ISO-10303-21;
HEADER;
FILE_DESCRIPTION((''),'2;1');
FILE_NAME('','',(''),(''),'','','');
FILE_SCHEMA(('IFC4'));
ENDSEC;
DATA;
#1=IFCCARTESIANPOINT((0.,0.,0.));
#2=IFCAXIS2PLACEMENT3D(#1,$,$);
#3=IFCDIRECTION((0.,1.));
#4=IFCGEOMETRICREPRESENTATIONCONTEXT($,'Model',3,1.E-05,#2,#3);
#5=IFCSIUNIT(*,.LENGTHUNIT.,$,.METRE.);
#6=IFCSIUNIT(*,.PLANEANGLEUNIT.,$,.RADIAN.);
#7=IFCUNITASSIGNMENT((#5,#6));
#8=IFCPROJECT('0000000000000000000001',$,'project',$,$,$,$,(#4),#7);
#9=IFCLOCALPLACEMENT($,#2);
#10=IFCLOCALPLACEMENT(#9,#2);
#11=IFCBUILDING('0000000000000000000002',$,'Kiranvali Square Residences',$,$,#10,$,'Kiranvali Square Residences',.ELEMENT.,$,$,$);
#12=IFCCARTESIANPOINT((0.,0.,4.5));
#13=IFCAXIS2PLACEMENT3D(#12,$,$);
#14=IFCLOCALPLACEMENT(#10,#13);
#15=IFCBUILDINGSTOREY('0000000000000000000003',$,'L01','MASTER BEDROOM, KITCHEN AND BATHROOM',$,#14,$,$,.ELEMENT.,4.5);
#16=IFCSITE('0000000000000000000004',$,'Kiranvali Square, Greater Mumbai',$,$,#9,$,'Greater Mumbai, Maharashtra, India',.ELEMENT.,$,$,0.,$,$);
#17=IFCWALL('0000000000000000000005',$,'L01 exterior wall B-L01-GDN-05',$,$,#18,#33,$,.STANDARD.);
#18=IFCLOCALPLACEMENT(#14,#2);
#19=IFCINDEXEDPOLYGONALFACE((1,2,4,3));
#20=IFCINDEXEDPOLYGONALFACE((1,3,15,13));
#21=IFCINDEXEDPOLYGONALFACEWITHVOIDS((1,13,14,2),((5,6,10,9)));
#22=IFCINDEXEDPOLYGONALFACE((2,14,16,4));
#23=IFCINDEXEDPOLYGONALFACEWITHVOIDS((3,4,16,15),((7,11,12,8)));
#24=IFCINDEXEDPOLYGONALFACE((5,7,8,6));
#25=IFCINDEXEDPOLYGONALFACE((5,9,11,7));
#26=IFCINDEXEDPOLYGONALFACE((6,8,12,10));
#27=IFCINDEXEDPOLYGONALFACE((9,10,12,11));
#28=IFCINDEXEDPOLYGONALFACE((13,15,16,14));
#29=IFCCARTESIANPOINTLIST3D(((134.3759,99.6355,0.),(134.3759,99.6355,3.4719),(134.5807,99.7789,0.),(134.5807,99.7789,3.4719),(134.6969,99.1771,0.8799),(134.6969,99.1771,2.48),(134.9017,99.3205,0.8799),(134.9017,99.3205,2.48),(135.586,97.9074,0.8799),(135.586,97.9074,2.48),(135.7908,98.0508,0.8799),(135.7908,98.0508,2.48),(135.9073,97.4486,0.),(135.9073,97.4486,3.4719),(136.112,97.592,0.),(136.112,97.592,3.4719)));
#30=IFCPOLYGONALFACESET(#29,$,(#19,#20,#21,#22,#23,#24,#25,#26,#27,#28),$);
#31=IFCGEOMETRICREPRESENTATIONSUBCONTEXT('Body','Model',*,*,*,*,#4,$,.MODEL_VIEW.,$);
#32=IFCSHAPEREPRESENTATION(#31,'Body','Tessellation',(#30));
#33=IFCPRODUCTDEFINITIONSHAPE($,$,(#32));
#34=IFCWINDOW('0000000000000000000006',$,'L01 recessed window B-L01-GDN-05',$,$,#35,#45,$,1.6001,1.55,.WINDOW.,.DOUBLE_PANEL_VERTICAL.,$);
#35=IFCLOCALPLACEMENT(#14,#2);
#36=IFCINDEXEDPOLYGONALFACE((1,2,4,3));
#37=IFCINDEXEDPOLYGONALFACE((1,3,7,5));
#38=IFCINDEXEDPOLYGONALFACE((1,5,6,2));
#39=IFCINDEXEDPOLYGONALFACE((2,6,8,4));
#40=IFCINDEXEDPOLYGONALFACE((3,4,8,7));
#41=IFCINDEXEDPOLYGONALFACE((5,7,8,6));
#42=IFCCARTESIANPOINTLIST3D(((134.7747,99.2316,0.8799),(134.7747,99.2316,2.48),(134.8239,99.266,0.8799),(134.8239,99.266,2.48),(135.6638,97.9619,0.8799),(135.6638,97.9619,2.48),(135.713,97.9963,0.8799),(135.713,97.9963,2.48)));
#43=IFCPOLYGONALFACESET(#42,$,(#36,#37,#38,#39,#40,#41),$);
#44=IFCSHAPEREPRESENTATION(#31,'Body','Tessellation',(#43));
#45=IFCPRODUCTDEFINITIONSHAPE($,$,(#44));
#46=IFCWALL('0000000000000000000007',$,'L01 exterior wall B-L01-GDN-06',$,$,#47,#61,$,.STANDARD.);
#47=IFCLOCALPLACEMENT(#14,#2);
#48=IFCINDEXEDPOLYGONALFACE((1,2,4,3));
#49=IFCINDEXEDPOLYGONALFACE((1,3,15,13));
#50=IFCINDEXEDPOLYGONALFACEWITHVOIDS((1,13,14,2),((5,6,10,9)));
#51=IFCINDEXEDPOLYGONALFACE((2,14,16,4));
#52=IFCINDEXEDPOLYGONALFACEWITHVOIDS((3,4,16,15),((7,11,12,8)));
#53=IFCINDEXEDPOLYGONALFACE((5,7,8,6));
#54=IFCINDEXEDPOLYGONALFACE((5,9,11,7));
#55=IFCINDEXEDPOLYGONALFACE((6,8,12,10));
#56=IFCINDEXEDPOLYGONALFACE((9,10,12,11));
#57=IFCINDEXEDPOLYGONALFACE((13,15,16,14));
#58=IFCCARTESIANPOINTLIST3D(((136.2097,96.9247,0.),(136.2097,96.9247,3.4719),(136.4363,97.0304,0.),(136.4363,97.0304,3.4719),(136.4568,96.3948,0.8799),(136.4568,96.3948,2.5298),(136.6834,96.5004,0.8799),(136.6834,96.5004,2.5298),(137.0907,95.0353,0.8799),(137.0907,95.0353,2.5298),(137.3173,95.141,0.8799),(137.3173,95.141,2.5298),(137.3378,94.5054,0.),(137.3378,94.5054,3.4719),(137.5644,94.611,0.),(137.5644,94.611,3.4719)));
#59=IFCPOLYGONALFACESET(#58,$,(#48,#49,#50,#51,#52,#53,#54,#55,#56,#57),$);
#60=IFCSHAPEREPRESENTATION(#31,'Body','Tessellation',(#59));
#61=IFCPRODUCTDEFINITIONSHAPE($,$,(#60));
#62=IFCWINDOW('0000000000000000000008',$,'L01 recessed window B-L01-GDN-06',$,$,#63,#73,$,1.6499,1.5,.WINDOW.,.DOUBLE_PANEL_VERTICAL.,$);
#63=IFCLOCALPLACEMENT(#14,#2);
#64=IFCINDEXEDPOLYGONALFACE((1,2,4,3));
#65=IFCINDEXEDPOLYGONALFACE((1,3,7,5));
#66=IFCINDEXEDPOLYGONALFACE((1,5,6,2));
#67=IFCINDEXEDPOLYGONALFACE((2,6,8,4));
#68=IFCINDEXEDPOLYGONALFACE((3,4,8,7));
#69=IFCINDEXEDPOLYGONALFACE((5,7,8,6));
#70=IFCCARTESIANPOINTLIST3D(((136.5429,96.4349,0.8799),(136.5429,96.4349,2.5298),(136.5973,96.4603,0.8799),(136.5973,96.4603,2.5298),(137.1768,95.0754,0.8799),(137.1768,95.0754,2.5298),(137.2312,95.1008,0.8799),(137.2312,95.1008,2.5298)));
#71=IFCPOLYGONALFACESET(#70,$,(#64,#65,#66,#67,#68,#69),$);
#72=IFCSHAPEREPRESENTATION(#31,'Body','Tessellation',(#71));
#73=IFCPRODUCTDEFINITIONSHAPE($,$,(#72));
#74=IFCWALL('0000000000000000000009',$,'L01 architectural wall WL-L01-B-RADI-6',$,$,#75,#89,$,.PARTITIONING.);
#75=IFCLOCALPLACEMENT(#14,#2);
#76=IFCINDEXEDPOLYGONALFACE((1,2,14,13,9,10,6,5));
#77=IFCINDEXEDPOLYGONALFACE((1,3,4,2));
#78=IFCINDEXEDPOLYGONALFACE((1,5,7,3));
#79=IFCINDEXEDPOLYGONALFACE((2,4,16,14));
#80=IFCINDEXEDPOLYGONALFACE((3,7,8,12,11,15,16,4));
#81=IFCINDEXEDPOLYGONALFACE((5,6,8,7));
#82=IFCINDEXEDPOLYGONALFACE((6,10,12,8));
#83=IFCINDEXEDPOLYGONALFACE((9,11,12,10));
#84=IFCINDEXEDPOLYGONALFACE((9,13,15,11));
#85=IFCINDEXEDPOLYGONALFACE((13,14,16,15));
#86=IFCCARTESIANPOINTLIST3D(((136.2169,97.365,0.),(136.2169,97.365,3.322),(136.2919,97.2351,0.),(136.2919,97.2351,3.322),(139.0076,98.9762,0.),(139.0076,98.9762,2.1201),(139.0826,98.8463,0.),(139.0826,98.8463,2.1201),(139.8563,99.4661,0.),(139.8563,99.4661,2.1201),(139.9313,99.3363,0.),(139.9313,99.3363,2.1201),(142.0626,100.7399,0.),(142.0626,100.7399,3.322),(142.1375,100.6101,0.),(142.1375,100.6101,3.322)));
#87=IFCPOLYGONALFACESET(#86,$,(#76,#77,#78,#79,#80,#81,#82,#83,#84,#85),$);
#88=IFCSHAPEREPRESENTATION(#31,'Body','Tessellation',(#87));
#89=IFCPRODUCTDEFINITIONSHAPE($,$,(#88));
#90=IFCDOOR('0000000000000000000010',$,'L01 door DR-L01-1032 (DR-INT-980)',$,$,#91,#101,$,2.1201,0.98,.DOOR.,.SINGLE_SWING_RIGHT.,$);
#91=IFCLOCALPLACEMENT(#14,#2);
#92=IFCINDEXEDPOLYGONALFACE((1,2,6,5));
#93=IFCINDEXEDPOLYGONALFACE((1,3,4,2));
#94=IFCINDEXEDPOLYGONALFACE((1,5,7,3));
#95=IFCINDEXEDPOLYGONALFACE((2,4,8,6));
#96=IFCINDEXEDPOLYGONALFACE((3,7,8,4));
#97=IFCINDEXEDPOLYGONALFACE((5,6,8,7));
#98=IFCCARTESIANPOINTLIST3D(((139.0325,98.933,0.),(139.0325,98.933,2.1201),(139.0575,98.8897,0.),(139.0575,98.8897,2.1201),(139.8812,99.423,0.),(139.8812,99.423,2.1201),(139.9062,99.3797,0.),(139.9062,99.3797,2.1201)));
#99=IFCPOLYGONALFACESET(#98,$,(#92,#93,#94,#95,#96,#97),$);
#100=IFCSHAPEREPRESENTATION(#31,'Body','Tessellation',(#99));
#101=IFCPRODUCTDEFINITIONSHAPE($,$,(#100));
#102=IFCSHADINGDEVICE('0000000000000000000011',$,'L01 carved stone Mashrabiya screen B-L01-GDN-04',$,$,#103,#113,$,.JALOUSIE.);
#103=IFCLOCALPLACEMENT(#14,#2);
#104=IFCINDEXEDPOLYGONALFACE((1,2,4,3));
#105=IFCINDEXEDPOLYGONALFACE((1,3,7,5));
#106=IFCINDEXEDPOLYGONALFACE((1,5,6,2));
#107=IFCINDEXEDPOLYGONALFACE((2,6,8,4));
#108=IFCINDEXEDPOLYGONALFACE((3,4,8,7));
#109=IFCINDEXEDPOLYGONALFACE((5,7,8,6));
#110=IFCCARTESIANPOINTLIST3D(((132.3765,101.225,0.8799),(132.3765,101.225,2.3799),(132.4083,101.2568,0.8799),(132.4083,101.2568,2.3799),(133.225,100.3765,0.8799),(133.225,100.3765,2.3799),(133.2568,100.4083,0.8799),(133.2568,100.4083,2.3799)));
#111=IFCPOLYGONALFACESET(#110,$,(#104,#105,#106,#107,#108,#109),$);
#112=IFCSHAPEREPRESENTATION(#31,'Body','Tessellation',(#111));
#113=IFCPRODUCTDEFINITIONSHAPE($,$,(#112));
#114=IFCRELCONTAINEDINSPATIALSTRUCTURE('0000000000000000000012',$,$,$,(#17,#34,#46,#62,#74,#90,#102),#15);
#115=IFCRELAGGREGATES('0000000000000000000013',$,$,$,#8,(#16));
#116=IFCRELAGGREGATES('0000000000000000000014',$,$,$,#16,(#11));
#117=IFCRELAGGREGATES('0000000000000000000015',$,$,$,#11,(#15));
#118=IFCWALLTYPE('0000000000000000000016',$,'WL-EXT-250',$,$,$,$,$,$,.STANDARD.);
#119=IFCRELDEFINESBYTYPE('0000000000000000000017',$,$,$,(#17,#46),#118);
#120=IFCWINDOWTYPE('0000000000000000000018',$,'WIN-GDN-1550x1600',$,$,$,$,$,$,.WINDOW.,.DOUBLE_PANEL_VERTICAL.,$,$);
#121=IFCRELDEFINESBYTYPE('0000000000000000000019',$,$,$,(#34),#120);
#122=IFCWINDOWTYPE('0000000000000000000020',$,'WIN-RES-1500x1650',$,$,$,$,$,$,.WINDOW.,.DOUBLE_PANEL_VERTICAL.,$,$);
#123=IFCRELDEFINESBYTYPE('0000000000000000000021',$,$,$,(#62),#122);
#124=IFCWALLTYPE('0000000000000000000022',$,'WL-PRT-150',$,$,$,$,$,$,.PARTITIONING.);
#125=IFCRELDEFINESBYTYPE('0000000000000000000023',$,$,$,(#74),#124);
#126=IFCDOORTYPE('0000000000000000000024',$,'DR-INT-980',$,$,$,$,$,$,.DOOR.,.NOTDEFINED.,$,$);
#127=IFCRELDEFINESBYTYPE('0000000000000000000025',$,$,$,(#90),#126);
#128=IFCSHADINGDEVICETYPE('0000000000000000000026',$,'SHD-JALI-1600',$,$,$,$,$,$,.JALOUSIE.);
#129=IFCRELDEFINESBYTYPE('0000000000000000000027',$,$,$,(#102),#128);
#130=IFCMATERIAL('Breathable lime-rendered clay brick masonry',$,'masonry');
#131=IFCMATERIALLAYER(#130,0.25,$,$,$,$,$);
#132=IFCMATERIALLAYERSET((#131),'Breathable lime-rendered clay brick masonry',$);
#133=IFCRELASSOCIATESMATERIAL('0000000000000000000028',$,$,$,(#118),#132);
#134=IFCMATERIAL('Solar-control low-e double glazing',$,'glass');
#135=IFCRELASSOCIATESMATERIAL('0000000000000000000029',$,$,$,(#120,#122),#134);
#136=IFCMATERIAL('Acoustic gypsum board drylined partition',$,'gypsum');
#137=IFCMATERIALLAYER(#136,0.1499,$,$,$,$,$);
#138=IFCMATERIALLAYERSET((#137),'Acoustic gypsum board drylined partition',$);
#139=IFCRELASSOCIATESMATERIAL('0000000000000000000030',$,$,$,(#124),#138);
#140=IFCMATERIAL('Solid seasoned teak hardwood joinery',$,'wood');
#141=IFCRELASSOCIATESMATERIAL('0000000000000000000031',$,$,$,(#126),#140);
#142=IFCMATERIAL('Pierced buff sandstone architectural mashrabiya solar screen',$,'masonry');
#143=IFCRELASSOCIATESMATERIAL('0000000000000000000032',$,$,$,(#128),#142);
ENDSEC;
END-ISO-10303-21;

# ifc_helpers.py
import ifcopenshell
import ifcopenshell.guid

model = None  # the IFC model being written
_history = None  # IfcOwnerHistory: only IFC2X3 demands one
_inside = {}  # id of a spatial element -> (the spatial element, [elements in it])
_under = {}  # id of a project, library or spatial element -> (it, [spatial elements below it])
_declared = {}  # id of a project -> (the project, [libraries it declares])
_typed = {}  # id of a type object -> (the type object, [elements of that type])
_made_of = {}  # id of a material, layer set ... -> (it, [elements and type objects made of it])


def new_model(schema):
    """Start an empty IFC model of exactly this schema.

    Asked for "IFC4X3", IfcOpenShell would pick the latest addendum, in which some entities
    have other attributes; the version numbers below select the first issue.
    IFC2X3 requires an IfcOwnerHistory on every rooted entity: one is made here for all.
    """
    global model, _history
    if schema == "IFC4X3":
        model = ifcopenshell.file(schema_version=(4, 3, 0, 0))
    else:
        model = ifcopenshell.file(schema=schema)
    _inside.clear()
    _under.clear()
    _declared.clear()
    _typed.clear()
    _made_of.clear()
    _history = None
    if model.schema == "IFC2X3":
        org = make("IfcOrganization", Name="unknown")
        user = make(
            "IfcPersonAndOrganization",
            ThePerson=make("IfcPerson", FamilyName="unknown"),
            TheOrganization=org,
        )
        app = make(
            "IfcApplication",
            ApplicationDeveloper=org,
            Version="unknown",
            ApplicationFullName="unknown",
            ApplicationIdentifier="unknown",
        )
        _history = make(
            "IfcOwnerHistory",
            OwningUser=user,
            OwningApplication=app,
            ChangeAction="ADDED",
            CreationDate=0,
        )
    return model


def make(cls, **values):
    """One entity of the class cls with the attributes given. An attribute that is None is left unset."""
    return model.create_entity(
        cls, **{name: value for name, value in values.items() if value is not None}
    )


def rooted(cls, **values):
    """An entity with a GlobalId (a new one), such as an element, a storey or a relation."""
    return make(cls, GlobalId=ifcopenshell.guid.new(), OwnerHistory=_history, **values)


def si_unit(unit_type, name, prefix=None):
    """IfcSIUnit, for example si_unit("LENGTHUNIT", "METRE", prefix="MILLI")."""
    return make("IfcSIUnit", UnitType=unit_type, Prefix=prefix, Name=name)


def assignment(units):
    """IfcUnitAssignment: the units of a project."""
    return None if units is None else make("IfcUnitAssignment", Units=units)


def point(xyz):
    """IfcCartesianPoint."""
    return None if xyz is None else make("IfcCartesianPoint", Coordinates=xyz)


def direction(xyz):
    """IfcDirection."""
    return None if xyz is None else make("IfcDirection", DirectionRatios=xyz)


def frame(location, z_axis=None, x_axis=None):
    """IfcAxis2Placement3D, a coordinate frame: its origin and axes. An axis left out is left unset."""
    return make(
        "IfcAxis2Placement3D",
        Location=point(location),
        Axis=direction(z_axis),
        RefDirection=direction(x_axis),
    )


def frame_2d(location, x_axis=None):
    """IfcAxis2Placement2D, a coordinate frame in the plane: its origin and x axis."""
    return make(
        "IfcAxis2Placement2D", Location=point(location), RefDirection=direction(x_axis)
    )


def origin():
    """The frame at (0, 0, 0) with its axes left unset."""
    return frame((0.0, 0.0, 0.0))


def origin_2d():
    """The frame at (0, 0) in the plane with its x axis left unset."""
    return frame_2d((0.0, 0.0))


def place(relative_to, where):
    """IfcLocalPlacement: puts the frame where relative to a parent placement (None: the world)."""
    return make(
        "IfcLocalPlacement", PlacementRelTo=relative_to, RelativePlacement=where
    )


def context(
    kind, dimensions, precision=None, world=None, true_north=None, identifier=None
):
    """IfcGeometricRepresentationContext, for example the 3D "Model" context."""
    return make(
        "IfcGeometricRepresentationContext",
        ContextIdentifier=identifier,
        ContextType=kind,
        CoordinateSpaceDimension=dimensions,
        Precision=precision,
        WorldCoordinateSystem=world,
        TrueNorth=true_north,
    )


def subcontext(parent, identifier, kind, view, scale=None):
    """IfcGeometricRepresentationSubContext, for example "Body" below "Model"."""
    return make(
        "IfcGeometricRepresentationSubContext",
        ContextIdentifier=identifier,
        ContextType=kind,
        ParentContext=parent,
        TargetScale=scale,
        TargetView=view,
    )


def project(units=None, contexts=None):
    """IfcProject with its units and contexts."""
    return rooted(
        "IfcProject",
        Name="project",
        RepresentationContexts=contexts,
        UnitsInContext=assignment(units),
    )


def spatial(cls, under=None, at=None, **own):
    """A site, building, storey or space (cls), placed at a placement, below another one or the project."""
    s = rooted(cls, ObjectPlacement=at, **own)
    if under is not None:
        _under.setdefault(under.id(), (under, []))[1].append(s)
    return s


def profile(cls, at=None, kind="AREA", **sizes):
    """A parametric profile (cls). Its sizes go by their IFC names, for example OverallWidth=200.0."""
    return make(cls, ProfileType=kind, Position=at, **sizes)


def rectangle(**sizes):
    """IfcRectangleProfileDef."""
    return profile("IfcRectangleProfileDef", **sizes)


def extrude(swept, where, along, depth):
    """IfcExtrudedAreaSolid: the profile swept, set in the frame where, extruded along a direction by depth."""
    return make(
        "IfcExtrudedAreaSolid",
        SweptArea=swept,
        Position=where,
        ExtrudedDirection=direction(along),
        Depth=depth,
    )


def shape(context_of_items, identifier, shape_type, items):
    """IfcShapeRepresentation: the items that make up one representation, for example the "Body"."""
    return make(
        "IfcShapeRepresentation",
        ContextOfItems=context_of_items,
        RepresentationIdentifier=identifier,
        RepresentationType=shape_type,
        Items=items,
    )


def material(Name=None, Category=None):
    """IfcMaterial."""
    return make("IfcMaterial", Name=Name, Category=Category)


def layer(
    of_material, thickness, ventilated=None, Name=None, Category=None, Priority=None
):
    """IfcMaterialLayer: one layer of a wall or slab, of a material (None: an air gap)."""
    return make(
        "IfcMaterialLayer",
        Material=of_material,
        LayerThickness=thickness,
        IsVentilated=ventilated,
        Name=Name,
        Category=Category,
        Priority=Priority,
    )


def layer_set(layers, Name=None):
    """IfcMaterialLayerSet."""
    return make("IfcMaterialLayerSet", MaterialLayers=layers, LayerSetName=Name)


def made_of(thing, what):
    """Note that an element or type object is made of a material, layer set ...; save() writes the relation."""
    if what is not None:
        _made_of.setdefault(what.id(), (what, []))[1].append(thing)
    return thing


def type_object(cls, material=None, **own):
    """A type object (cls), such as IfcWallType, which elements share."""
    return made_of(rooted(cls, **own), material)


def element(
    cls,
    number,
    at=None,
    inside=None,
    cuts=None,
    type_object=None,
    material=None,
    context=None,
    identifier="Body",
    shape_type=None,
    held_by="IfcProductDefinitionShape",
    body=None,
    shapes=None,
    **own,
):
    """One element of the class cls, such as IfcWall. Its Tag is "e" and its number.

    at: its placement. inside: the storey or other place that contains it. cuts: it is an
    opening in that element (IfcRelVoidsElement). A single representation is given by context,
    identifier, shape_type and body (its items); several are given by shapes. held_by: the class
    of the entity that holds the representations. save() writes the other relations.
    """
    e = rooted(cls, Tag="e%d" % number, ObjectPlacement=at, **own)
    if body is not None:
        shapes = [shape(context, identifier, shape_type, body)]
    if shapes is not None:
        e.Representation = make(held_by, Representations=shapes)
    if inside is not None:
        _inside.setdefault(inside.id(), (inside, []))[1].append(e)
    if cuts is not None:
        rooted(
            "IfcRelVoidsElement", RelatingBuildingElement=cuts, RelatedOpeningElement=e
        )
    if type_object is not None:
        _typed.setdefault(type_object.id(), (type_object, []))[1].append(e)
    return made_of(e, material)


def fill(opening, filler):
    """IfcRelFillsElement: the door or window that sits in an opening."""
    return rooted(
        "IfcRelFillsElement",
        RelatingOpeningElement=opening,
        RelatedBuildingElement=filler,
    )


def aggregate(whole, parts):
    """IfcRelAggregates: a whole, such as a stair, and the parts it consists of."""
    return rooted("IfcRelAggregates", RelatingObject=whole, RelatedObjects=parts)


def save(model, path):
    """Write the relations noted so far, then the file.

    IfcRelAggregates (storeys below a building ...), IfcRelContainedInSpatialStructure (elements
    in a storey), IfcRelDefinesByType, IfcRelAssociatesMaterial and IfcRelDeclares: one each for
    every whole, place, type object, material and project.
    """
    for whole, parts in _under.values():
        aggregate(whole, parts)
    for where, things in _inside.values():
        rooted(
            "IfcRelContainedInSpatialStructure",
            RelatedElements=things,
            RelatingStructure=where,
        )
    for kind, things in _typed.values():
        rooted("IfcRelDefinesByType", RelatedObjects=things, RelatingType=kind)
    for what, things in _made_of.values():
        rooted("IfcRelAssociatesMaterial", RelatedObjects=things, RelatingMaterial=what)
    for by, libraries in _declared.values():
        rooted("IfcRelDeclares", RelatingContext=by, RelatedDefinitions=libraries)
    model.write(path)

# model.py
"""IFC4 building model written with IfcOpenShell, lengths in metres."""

from ifc_helpers import new_model, si_unit, direction, frame, frame_2d, origin, origin_2d, place, context, subcontext, project, spatial, rectangle, extrude, material, layer, layer_set, type_object, element, fill, save


model = new_model("IFC4")

# Units and contexts
model_context = context("Model", 3, precision=1e-05, world=origin(), true_north=direction((0.0, 1.0)))
body_context = subcontext(model_context, "Body", "Model", "MODEL_VIEW")
ifc_project = project(units=[si_unit("LENGTHUNIT", "METRE"), si_unit("PLANEANGLEUNIT", "RADIAN")], contexts=[model_context])

# Site, building, storey
site_placement = place(None, origin())
site = spatial("IfcSite", under=ifc_project, at=site_placement, Name="Kiranvali Square, Greater Mumbai", LongName="Greater Mumbai, Maharashtra, India", CompositionType="ELEMENT", RefElevation=0.0)
building_placement = place(site_placement, origin())
building = spatial("IfcBuilding", under=site, at=building_placement, Name="Kiranvali Square Residences", LongName="Kiranvali Square Residences", CompositionType="ELEMENT")
storey_placement = place(building_placement, frame((0.0, 0.0, 4.5)))
storey = spatial("IfcBuildingStorey", under=building, at=storey_placement, Name="L01", Description="MASTER BEDROOM, KITCHEN AND BATHROOM", CompositionType="ELEMENT", Elevation=4.5)

# Walls, openings, windows
ifc_material_1 = material(Name="Breathable lime-rendered clay brick masonry", Category="masonry")
ifc_layer_1 = layer(ifc_material_1, 0.25)
ifc_layer_set_1 = layer_set([ifc_layer_1], Name="Breathable lime-rendered clay brick masonry")
wall_type_1 = type_object("IfcWallType", Name="WL-EXT-250", PredefinedType="STANDARD", material=ifc_layer_set_1)
ifc_material_2 = material(Name="Solar-control low-e double glazing", Category="glass")
wall_1_placement = place(storey_placement, frame((134.4783, 99.7073, 0.0), z_axis=(0.0, 0.0, 1.0), x_axis=(0.573591, -0.819142, 0.0)))
wall_1 = element("IfcWall", 1, at=wall_1_placement, inside=storey, type_object=wall_type_1, Name="L01 exterior wall B-L01-GDN-05", PredefinedType="STANDARD", context=body_context, shape_type="SweptSolid", body=[
    extrude(rectangle(XDim=2.6697, YDim=0.25, at=frame_2d((1.335, 0.0))), origin(), (0.0, 0.0, 1.0), 3.4719),
])
opening_1_placement = place(wall_1_placement, frame((0.5598, 0.0, 0.8799)))
opening_1 = element("IfcOpeningElement", 2, at=opening_1_placement, cuts=wall_1, PredefinedType="OPENING", context=body_context, shape_type="SweptSolid", body=[
    extrude(rectangle(XDim=1.55, YDim=1.6001, at=frame_2d((0.7749, 0.8))), frame((0.0, 0.135, 0.0), z_axis=(0.0, -1.0, 0.0), x_axis=(1.0, 0.0, 0.0)), (0.0, 0.0, 1.0), 0.27),
])
window_type_1 = type_object("IfcWindowType", Name="WIN-GDN-1550x1600", PartitioningType="DOUBLE_PANEL_VERTICAL", PredefinedType="WINDOW", material=ifc_material_2)
window_1_placement = place(opening_1_placement, origin())
window_1 = element("IfcWindow", 3, at=window_1_placement, inside=storey, type_object=window_type_1, Name="L01 recessed window B-L01-GDN-05", OverallHeight=1.6001, OverallWidth=1.55, PartitioningType="DOUBLE_PANEL_VERTICAL", PredefinedType="WINDOW", context=body_context, shape_type="SweptSolid", body=[
    extrude(rectangle(XDim=1.55, YDim=1.6001, at=frame_2d((0.7749, 0.8))), frame((0.0, 0.03, 0.0), z_axis=(0.0, -1.0, 0.0), x_axis=(1.0, 0.0, 0.0)), (0.0, 0.0, 1.0), 0.0601),
])
fill(opening_1, window_1)
wall_2_placement = place(storey_placement, frame((136.323, 96.9775, 0.0), z_axis=(0.0, 0.0, 1.0), x_axis=(0.42261, -0.906312, 0.0)))
wall_2 = element("IfcWall", 4, at=wall_2_placement, inside=storey, type_object=wall_type_1, Name="L01 exterior wall B-L01-GDN-06", PredefinedType="STANDARD", context=body_context, shape_type="SweptSolid", body=[
    extrude(rectangle(XDim=2.6694, YDim=0.25, at=frame_2d((1.3347, 0.0))), origin(), (0.0, 0.0, 1.0), 3.4719),
])
opening_2_placement = place(wall_2_placement, frame((0.5847, 0.0, 0.8799)))
opening_2 = element("IfcOpeningElement", 5, at=opening_2_placement, cuts=wall_2, PredefinedType="OPENING", context=body_context, shape_type="SweptSolid", body=[
    extrude(rectangle(XDim=1.5, YDim=1.6499, at=frame_2d((0.75, 0.825))), frame((0.0, 0.135, 0.0), z_axis=(0.0, -1.0, 0.0), x_axis=(1.0, 0.0, 0.0)), (0.0, 0.0, 1.0), 0.27),
])
window_type_2 = type_object("IfcWindowType", Name="WIN-RES-1500x1650", PartitioningType="DOUBLE_PANEL_VERTICAL", PredefinedType="WINDOW", material=ifc_material_2)
window_2_placement = place(opening_2_placement, origin())
window_2 = element("IfcWindow", 6, at=window_2_placement, inside=storey, type_object=window_type_2, Name="L01 recessed window B-L01-GDN-06", OverallHeight=1.6499, OverallWidth=1.5, PartitioningType="DOUBLE_PANEL_VERTICAL", PredefinedType="WINDOW", context=body_context, shape_type="SweptSolid", body=[
    extrude(rectangle(XDim=1.5, YDim=1.6499, at=frame_2d((0.75, 0.825))), frame((0.0, 0.03, 0.0), z_axis=(0.0, -1.0, 0.0), x_axis=(1.0, 0.0, 0.0)), (0.0, 0.0, 1.0), 0.0601),
])
fill(opening_2, window_2)

# Wall, opening, door
ifc_material_3 = material(Name="Acoustic gypsum board drylined partition", Category="gypsum")
ifc_layer_2 = layer(ifc_material_3, 0.1499)
ifc_layer_set_2 = layer_set([ifc_layer_2], Name="Acoustic gypsum board drylined partition")
wall_type_2 = type_object("IfcWallType", Name="WL-PRT-150", PredefinedType="PARTITIONING", material=ifc_layer_set_2)
wall_3_placement = place(storey_placement, frame((136.2544, 97.3, 0.0), z_axis=(0.0, 0.0, 1.0), x_axis=(0.866027, 0.499998, 0.0)))
wall_3 = element("IfcWall", 7, at=wall_3_placement, inside=storey, type_object=wall_type_2, Name="L01 architectural wall WL-L01-B-RADI-6", PredefinedType="PARTITIONING", context=body_context, shape_type="SweptSolid", body=[
    extrude(rectangle(XDim=6.75, YDim=0.1499, at=frame_2d((3.375, 0.0))), origin(), (0.0, 0.0, 1.0), 3.322),
])
opening_3_placement = place(wall_3_placement, frame((3.2224, 0.0, 0.0)))
opening_3 = element("IfcOpeningElement", 8, at=opening_3_placement, cuts=wall_3, PredefinedType="OPENING", context=body_context, shape_type="SweptSolid", body=[
    extrude(rectangle(XDim=0.98, YDim=2.1201, at=frame_2d((0.49, 1.0601))), frame((0.0, 0.085, 0.0), z_axis=(0.0, -1.0, 0.0), x_axis=(1.0, 0.0, 0.0)), (0.0, 0.0, 1.0), 0.1699),
])
ifc_material_4 = material(Name="Solid seasoned teak hardwood joinery", Category="wood")
door_type = type_object("IfcDoorType", Name="DR-INT-980", OperationType="NOTDEFINED", PredefinedType="DOOR", material=ifc_material_4)
door_placement = place(opening_3_placement, frame((0.98, 0.0, 0.0), z_axis=(0.0, 0.0, 1.0), x_axis=(-1.0, 0.0, 0.0)))
door = element("IfcDoor", 9, at=door_placement, inside=storey, type_object=door_type, Name="L01 door DR-L01-1032 (DR-INT-980)", OperationType="SINGLE_SWING_RIGHT", OverallHeight=2.1201, OverallWidth=0.98, PredefinedType="DOOR", context=body_context, shape_type="SweptSolid", body=[
    extrude(rectangle(XDim=0.98, YDim=2.1201, at=frame_2d((0.49, 1.0601))), frame((0.0, 0.0249, 0.0), z_axis=(0.0, -1.0, 0.0), x_axis=(1.0, 0.0, 0.0)), (0.0, 0.0, 1.0), 0.05),
])
fill(opening_3, door)

# Shading device
ifc_material_5 = material(Name="Pierced buff sandstone architectural mashrabiya solar screen", Category="masonry")
shading_device_type = type_object("IfcShadingDeviceType", Name="SHD-JALI-1600", PredefinedType="JALOUSIE", material=ifc_material_5)
shading_device_placement = place(storey_placement, frame((132.8167, 100.8167, 0.8799), z_axis=(0.0, 0.0, 1.0), x_axis=(0.707107, -0.707107, 0.0)))
element("IfcShadingDevice", 10, at=shading_device_placement, inside=storey, type_object=shading_device_type, Name="L01 carved stone Mashrabiya screen B-L01-GDN-04", PredefinedType="JALOUSIE", context=body_context, shape_type="SweptSolid", body=[
    extrude(rectangle(XDim=1.2, YDim=0.0449, at=origin_2d()), origin(), (0.0, 0.0, 1.0), 1.5),
])

save(model, "model.ifc")
